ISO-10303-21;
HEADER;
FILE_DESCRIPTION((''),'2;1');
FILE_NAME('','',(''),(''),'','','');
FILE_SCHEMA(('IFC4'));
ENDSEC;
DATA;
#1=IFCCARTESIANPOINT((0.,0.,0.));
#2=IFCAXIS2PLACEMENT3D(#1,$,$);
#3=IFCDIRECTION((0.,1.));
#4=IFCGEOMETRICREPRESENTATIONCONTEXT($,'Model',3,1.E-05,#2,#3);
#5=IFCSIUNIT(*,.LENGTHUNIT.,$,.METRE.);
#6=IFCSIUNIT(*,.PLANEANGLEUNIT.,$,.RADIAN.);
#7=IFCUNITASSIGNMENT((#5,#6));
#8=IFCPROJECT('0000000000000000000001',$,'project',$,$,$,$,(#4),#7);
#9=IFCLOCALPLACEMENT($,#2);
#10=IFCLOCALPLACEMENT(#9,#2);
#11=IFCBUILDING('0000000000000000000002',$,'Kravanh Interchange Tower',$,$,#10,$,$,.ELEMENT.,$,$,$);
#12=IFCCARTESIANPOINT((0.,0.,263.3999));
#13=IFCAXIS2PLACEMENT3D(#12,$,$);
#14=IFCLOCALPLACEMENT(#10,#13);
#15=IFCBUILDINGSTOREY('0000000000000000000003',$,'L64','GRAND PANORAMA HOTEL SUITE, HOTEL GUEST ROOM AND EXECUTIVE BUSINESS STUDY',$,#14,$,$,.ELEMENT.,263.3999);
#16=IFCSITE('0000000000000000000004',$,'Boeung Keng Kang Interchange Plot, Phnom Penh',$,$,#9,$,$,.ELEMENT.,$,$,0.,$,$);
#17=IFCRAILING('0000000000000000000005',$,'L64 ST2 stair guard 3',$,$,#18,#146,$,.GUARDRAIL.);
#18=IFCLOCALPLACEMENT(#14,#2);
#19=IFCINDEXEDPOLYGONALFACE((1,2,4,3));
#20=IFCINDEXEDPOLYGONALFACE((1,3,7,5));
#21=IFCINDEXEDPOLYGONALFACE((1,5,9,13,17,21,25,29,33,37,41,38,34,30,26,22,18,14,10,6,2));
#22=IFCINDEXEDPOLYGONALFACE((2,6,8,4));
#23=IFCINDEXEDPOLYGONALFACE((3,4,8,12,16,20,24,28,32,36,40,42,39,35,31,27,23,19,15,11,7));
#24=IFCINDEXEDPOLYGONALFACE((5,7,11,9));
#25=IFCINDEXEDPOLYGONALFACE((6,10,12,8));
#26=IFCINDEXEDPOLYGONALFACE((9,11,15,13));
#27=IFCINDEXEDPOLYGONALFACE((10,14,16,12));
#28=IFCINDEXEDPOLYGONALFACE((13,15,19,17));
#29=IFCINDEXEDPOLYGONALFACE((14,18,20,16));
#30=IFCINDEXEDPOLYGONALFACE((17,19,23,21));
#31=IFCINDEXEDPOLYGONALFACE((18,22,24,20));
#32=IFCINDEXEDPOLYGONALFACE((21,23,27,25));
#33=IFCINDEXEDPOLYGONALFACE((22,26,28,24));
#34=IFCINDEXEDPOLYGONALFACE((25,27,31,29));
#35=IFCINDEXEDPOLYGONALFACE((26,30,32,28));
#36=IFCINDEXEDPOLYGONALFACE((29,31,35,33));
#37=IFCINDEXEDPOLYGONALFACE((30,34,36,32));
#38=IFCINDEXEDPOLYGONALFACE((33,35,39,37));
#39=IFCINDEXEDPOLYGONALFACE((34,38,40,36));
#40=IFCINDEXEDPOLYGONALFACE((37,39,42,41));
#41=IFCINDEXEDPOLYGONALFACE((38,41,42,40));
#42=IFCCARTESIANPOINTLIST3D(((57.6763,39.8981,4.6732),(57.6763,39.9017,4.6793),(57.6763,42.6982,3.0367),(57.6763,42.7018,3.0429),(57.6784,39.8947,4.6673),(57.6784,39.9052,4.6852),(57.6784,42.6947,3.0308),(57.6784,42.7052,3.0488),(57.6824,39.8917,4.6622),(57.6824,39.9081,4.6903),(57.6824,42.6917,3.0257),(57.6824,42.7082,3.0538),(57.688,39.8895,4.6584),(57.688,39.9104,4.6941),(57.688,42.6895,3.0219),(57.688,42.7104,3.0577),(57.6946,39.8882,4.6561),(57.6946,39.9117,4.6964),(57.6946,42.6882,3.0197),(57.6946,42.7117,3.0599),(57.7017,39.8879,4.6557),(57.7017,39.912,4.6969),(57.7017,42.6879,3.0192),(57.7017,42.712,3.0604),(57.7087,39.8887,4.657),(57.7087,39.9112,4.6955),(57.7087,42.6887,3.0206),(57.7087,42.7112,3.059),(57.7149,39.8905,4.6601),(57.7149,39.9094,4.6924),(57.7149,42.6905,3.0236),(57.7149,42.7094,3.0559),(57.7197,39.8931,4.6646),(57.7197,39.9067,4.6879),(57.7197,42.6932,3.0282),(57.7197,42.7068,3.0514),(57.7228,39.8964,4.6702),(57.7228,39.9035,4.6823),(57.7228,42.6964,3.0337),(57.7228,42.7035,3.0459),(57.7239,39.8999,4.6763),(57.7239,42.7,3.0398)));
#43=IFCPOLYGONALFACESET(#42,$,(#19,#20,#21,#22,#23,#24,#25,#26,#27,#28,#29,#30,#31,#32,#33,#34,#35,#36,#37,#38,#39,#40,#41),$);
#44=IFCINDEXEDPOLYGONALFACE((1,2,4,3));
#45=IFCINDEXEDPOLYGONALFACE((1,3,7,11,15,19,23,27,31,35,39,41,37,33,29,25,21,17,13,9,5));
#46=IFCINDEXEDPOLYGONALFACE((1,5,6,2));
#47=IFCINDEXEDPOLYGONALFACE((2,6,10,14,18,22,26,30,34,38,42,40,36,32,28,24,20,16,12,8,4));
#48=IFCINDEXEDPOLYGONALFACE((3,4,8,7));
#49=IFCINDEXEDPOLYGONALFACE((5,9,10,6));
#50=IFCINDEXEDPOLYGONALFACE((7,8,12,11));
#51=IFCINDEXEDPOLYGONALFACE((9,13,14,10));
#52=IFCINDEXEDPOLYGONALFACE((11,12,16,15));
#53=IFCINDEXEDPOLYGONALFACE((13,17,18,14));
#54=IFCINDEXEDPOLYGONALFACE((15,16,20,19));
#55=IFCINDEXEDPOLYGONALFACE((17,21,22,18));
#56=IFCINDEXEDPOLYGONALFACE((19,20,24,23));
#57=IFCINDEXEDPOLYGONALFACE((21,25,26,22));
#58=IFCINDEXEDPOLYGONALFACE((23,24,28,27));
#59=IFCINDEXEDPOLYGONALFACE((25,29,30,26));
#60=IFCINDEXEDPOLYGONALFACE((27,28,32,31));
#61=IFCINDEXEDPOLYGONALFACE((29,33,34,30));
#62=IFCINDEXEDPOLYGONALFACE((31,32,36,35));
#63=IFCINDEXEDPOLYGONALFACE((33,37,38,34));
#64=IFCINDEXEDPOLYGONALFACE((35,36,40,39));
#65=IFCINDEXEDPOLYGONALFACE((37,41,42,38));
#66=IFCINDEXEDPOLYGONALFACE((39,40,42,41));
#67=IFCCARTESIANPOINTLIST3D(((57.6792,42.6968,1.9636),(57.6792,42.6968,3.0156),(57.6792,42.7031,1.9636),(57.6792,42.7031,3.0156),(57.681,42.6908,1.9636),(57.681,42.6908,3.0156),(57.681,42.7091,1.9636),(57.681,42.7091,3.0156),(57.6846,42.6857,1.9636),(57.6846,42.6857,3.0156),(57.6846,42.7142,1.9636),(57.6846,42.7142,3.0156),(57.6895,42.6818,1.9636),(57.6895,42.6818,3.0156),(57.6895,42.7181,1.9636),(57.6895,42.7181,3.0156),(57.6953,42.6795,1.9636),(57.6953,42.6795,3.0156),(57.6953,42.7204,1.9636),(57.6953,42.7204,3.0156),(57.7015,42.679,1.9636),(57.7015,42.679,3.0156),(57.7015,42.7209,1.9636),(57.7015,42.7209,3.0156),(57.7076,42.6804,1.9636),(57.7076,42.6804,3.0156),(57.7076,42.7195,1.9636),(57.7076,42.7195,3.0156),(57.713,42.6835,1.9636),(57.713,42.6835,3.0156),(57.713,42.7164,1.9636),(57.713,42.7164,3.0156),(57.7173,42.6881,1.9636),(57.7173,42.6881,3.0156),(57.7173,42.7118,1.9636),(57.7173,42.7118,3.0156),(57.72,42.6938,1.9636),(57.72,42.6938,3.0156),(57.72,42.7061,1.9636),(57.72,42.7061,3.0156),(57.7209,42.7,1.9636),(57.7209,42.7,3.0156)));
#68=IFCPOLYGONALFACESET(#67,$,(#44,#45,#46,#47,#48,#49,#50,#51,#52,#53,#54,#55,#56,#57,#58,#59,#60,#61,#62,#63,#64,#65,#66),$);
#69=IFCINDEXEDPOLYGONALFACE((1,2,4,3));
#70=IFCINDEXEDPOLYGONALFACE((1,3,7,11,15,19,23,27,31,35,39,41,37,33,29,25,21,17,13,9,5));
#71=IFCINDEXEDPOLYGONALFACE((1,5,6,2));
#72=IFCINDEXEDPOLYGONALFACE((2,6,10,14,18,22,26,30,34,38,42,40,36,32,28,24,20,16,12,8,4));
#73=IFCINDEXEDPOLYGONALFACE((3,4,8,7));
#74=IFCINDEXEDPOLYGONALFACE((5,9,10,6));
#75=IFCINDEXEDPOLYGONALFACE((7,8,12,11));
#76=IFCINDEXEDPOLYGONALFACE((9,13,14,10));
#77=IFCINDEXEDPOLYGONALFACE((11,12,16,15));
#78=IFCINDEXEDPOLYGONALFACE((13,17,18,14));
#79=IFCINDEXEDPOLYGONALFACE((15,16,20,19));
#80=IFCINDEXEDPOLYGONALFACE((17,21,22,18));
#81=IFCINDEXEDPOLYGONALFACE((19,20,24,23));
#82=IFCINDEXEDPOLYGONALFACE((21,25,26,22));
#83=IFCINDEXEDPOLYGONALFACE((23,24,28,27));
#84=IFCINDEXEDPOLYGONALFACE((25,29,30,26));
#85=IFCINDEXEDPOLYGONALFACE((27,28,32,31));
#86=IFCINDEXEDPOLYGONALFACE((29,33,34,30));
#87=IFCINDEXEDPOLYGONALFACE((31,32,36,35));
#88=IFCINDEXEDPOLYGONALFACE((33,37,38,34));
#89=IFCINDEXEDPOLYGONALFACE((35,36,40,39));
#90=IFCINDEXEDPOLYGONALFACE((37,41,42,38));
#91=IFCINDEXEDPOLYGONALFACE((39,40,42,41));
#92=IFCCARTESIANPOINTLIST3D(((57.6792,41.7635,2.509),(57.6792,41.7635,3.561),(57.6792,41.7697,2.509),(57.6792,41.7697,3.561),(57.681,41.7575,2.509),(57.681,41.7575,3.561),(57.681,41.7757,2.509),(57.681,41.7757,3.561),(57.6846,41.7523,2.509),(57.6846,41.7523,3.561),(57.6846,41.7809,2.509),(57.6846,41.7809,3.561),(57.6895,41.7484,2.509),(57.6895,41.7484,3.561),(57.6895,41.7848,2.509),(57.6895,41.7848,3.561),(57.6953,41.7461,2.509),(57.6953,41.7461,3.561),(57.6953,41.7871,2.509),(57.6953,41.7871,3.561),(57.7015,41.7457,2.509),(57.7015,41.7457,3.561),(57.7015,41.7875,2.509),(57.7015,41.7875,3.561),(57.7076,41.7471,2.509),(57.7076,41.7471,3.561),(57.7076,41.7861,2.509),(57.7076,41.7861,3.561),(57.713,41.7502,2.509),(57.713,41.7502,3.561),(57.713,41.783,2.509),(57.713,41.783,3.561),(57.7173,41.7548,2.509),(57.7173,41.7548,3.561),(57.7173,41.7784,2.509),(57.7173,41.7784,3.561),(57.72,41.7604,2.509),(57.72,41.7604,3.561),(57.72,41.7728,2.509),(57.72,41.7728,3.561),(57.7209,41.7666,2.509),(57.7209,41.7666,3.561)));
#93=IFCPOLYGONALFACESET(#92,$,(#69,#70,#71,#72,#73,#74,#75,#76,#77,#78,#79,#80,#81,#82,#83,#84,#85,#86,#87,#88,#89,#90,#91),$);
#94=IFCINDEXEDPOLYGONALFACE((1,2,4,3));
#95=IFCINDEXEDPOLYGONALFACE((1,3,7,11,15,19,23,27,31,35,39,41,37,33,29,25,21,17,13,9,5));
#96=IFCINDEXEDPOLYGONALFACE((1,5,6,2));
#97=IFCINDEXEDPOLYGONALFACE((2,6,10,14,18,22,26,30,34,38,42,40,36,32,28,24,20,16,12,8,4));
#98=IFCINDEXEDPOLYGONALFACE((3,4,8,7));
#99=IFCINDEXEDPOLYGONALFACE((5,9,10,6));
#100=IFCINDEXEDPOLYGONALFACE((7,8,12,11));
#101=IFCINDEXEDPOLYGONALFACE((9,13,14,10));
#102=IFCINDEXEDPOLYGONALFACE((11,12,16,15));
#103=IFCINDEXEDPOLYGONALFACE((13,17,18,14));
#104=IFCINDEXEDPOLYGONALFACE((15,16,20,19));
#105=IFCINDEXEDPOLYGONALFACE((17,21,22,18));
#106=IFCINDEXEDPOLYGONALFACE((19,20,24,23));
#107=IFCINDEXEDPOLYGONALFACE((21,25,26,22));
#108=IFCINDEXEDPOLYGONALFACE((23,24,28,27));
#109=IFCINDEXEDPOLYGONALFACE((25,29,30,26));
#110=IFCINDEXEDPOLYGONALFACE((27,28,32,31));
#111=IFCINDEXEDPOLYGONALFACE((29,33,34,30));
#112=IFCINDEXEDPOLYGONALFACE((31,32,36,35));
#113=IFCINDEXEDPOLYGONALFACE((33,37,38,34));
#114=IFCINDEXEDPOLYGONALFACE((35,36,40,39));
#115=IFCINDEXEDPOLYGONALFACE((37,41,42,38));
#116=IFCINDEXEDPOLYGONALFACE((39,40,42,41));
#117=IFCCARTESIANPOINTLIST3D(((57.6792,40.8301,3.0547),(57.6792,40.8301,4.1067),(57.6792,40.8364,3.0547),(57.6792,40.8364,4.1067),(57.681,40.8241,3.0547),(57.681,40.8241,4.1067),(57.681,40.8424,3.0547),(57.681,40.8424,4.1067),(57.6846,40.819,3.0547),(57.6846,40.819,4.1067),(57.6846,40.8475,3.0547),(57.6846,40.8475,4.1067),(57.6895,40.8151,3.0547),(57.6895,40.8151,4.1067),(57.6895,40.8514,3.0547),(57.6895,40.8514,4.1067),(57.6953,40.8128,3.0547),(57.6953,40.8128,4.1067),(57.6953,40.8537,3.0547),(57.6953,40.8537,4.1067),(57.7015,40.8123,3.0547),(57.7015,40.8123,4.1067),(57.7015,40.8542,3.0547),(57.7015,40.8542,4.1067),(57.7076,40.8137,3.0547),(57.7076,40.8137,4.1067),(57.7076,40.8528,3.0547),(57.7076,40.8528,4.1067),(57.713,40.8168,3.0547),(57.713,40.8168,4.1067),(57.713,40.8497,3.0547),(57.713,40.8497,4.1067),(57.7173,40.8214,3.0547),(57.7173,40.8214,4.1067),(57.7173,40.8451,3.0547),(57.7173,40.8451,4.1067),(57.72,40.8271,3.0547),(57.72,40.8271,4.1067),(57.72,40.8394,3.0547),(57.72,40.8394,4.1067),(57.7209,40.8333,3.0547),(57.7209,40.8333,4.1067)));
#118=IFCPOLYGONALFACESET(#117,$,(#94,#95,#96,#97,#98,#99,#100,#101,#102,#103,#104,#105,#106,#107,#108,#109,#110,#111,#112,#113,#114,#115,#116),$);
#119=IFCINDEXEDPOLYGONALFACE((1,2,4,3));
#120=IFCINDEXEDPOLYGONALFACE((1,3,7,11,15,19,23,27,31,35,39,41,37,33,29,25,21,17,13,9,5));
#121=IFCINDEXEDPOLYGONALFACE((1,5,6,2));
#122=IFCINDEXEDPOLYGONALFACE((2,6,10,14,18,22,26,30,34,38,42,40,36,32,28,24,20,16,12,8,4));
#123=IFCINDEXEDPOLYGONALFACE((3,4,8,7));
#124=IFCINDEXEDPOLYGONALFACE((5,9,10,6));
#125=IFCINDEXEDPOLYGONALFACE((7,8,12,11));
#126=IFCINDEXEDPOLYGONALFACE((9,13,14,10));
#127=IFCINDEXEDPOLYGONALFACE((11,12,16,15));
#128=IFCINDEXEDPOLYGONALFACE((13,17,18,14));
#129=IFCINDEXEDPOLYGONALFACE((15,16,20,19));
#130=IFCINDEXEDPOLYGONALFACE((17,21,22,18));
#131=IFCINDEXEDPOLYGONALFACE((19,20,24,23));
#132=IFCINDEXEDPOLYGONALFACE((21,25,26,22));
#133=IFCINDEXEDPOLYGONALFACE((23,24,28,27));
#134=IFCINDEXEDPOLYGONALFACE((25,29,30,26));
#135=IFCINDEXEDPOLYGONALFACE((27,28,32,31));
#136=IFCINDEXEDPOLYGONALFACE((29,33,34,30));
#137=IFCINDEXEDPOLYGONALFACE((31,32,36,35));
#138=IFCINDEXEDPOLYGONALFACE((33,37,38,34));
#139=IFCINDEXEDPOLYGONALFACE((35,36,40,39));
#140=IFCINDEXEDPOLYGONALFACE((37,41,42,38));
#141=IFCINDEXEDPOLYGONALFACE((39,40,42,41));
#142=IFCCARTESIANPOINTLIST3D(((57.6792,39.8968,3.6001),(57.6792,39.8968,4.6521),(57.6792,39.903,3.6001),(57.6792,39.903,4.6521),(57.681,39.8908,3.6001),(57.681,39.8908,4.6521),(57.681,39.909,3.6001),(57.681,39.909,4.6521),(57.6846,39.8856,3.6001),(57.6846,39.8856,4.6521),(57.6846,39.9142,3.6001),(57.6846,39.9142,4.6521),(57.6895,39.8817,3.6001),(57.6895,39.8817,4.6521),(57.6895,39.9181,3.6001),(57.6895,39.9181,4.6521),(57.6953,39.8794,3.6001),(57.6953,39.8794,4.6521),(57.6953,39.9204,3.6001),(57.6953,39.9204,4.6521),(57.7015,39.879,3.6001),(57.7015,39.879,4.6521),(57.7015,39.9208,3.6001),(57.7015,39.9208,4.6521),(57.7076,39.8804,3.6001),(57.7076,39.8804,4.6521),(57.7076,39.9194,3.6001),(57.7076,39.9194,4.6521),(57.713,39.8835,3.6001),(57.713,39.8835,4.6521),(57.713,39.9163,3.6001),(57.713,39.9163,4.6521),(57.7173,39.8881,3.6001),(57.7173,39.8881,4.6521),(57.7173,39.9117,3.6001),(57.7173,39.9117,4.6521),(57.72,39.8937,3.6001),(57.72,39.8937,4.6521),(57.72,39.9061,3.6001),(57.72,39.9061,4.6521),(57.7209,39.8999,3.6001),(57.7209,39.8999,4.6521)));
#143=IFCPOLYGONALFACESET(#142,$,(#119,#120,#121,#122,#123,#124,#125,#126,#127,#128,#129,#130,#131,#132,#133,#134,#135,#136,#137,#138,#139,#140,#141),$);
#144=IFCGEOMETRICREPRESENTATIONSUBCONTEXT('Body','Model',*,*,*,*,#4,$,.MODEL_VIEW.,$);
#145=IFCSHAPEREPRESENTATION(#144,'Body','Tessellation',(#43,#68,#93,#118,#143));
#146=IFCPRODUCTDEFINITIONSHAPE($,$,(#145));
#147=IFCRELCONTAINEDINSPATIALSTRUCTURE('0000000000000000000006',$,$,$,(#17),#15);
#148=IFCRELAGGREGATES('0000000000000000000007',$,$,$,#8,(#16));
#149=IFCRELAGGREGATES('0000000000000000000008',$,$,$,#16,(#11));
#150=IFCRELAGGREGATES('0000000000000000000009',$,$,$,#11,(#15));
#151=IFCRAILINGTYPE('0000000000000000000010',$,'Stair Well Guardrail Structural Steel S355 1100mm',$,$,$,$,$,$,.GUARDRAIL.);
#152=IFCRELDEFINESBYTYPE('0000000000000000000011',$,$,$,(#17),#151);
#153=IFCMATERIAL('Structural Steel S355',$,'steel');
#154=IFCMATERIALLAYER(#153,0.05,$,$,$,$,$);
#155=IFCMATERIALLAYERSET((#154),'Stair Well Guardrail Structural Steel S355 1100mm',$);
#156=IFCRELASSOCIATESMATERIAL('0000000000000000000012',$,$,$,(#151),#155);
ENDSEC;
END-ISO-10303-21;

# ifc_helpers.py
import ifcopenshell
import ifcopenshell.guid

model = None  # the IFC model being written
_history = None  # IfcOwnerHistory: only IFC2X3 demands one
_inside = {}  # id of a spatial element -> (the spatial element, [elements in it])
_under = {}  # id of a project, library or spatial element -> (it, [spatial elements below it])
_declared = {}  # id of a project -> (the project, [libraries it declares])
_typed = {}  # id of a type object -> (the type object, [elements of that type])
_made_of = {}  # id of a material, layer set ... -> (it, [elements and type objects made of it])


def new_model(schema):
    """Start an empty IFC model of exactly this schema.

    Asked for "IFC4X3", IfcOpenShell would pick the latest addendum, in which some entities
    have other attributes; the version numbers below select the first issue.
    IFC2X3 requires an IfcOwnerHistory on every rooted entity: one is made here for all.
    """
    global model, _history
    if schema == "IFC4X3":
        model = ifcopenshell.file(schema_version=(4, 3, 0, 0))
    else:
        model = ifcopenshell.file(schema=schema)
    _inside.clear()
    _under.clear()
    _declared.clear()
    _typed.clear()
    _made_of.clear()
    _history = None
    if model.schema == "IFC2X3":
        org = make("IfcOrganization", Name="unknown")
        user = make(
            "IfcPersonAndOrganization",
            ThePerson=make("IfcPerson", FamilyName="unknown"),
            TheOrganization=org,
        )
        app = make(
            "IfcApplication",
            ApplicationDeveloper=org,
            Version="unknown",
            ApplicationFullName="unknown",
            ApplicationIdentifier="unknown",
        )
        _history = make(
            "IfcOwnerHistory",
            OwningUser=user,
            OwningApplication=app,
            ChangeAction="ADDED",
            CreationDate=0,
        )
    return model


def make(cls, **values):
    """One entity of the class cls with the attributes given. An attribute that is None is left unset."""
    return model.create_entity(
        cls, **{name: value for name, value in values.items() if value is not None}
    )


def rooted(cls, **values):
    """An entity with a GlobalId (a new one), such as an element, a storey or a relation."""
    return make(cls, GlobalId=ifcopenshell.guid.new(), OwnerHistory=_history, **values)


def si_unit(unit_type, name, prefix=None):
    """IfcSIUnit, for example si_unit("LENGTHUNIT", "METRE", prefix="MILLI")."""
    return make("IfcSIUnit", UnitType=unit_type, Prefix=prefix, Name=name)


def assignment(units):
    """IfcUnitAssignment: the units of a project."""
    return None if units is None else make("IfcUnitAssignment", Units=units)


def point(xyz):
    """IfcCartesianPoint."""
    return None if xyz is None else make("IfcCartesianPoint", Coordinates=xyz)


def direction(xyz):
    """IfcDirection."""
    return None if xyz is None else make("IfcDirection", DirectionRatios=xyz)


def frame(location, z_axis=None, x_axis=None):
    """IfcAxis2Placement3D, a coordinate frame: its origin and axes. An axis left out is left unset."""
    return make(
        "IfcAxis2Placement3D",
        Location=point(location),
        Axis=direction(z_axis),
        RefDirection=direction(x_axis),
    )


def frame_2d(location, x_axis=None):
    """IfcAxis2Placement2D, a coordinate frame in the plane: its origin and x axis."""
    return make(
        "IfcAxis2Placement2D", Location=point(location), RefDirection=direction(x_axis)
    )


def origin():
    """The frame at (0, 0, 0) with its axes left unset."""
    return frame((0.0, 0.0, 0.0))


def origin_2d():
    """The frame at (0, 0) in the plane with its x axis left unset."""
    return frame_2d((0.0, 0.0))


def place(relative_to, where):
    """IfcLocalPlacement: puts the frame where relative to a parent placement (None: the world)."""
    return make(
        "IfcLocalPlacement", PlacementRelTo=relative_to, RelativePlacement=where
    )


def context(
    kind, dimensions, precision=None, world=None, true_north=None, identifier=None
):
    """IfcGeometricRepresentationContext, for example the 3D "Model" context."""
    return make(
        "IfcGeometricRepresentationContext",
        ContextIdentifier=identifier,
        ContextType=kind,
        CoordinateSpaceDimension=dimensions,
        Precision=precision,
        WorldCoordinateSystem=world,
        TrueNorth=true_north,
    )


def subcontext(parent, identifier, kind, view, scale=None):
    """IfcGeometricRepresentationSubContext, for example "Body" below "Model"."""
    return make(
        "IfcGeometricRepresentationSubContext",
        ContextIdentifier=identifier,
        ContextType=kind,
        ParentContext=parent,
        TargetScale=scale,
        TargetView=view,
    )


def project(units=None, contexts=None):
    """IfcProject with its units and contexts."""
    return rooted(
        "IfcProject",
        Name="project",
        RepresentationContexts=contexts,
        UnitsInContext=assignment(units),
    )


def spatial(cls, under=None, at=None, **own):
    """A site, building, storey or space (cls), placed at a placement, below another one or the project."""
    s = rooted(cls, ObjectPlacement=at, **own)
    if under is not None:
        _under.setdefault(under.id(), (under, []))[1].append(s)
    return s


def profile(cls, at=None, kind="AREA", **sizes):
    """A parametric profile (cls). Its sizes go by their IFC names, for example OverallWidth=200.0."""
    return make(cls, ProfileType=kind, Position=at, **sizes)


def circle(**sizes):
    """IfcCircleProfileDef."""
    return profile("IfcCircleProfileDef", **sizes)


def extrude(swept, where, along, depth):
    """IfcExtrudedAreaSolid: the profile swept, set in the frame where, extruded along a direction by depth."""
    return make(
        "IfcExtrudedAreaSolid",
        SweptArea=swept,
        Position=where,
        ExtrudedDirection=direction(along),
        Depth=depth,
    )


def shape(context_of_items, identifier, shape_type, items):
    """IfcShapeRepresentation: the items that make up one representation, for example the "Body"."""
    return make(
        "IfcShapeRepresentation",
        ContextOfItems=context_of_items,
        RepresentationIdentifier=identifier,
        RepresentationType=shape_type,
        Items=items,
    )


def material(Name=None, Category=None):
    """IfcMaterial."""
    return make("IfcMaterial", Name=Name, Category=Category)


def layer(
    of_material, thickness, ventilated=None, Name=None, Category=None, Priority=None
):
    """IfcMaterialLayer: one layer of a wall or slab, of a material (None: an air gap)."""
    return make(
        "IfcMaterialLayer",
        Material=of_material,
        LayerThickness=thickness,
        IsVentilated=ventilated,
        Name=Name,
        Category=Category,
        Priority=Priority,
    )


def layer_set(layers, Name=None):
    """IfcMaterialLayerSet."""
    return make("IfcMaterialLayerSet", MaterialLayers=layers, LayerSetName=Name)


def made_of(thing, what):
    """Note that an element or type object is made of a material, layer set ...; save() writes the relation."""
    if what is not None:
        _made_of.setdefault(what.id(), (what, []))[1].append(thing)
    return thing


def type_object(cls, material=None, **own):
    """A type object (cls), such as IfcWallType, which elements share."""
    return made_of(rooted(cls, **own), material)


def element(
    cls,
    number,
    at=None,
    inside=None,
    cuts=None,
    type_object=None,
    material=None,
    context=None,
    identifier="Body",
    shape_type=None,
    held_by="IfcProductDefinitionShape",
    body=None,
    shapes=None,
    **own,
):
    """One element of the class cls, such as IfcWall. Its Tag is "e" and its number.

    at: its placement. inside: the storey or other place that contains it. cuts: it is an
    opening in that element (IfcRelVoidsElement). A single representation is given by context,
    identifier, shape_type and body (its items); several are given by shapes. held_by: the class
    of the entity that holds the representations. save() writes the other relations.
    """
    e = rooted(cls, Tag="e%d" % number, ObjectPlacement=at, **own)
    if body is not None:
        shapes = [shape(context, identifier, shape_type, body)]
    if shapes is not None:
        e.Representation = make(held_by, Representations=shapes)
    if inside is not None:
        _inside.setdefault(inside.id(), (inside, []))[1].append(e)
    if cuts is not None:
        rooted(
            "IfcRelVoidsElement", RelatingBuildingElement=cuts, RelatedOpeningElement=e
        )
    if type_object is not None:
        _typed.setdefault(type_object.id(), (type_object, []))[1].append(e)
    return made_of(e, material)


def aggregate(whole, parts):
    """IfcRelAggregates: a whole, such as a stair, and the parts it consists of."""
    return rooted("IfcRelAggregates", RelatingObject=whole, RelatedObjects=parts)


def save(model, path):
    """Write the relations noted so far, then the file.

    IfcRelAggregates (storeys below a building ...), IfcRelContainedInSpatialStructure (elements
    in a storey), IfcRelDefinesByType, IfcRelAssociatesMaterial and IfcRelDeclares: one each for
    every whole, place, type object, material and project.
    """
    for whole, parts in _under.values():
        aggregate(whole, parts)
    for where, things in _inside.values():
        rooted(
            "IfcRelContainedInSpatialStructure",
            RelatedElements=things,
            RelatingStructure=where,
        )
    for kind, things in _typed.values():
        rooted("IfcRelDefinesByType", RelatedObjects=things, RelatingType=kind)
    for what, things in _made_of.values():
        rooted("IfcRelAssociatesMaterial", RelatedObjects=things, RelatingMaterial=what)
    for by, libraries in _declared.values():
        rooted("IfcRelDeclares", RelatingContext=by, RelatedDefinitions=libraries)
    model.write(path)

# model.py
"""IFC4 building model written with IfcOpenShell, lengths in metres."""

from ifc_helpers import new_model, si_unit, direction, frame, origin, origin_2d, place, context, subcontext, project, spatial, circle, extrude, material, layer, layer_set, type_object, element, save


model = new_model("IFC4")

# Units and contexts
model_context = context("Model", 3, precision=1e-05, world=origin(), true_north=direction((0.0, 1.0)))
body_context = subcontext(model_context, "Body", "Model", "MODEL_VIEW")
ifc_project = project(units=[si_unit("LENGTHUNIT", "METRE"), si_unit("PLANEANGLEUNIT", "RADIAN")], contexts=[model_context])

# Site, building, storey
site_placement = place(None, origin())
site = spatial("IfcSite", under=ifc_project, at=site_placement, Name="Boeung Keng Kang Interchange Plot, Phnom Penh", CompositionType="ELEMENT", RefElevation=0.0)
building_placement = place(site_placement, origin())
building = spatial("IfcBuilding", under=site, at=building_placement, Name="Kravanh Interchange Tower", CompositionType="ELEMENT")
storey_placement = place(building_placement, frame((0.0, 0.0, 263.3999)))
storey = spatial("IfcBuildingStorey", under=building, at=storey_placement, Name="L64", Description="GRAND PANORAMA HOTEL SUITE, HOTEL GUEST ROOM AND EXECUTIVE BUSINESS STUDY", CompositionType="ELEMENT", Elevation=263.3999)

# Railing
ifc_material_1 = material(Name="Structural Steel S355", Category="steel")
ifc_layer_1 = layer(ifc_material_1, 0.05)
ifc_layer_set_1 = layer_set([ifc_layer_1], Name="Stair Well Guardrail Structural Steel S355 1100mm")
railing_type_1 = type_object("IfcRailingType", Name="Stair Well Guardrail Structural Steel S355 1100mm", PredefinedType="GUARDRAIL", material=ifc_layer_set_1)
railing_1_placement = place(storey_placement, frame((57.7, 42.7, 1.9636)))
element("IfcRailing", 1, at=railing_1_placement, inside=storey, type_object=railing_type_1, Name="L64 ST2 stair guard 3", PredefinedType="GUARDRAIL", context=body_context, shape_type="SweptSolid", body=[
    extrude(circle(Radius=0.0239, at=origin_2d()), frame((0.0, 0.0, 1.0762), z_axis=(0.0, -0.863361, 0.504587), x_axis=(1.0, 0.0, 0.0)), (0.0, 0.0, 1.0), 3.2432),
    extrude(circle(Radius=0.021, at=origin_2d()), origin(), (0.0, 0.0, 1.0), 1.052),
    extrude(circle(Radius=0.021, at=origin_2d()), frame((0.0, -0.9333, 0.5454)), (0.0, 0.0, 1.0), 1.052),
    extrude(circle(Radius=0.021, at=origin_2d()), frame((0.0, -1.8667, 1.0911)), (0.0, 0.0, 1.0), 1.052),
    extrude(circle(Radius=0.021, at=origin_2d()), frame((0.0, -2.8, 1.6365)), (0.0, 0.0, 1.0), 1.052),
])

save(model, "model.ifc")
